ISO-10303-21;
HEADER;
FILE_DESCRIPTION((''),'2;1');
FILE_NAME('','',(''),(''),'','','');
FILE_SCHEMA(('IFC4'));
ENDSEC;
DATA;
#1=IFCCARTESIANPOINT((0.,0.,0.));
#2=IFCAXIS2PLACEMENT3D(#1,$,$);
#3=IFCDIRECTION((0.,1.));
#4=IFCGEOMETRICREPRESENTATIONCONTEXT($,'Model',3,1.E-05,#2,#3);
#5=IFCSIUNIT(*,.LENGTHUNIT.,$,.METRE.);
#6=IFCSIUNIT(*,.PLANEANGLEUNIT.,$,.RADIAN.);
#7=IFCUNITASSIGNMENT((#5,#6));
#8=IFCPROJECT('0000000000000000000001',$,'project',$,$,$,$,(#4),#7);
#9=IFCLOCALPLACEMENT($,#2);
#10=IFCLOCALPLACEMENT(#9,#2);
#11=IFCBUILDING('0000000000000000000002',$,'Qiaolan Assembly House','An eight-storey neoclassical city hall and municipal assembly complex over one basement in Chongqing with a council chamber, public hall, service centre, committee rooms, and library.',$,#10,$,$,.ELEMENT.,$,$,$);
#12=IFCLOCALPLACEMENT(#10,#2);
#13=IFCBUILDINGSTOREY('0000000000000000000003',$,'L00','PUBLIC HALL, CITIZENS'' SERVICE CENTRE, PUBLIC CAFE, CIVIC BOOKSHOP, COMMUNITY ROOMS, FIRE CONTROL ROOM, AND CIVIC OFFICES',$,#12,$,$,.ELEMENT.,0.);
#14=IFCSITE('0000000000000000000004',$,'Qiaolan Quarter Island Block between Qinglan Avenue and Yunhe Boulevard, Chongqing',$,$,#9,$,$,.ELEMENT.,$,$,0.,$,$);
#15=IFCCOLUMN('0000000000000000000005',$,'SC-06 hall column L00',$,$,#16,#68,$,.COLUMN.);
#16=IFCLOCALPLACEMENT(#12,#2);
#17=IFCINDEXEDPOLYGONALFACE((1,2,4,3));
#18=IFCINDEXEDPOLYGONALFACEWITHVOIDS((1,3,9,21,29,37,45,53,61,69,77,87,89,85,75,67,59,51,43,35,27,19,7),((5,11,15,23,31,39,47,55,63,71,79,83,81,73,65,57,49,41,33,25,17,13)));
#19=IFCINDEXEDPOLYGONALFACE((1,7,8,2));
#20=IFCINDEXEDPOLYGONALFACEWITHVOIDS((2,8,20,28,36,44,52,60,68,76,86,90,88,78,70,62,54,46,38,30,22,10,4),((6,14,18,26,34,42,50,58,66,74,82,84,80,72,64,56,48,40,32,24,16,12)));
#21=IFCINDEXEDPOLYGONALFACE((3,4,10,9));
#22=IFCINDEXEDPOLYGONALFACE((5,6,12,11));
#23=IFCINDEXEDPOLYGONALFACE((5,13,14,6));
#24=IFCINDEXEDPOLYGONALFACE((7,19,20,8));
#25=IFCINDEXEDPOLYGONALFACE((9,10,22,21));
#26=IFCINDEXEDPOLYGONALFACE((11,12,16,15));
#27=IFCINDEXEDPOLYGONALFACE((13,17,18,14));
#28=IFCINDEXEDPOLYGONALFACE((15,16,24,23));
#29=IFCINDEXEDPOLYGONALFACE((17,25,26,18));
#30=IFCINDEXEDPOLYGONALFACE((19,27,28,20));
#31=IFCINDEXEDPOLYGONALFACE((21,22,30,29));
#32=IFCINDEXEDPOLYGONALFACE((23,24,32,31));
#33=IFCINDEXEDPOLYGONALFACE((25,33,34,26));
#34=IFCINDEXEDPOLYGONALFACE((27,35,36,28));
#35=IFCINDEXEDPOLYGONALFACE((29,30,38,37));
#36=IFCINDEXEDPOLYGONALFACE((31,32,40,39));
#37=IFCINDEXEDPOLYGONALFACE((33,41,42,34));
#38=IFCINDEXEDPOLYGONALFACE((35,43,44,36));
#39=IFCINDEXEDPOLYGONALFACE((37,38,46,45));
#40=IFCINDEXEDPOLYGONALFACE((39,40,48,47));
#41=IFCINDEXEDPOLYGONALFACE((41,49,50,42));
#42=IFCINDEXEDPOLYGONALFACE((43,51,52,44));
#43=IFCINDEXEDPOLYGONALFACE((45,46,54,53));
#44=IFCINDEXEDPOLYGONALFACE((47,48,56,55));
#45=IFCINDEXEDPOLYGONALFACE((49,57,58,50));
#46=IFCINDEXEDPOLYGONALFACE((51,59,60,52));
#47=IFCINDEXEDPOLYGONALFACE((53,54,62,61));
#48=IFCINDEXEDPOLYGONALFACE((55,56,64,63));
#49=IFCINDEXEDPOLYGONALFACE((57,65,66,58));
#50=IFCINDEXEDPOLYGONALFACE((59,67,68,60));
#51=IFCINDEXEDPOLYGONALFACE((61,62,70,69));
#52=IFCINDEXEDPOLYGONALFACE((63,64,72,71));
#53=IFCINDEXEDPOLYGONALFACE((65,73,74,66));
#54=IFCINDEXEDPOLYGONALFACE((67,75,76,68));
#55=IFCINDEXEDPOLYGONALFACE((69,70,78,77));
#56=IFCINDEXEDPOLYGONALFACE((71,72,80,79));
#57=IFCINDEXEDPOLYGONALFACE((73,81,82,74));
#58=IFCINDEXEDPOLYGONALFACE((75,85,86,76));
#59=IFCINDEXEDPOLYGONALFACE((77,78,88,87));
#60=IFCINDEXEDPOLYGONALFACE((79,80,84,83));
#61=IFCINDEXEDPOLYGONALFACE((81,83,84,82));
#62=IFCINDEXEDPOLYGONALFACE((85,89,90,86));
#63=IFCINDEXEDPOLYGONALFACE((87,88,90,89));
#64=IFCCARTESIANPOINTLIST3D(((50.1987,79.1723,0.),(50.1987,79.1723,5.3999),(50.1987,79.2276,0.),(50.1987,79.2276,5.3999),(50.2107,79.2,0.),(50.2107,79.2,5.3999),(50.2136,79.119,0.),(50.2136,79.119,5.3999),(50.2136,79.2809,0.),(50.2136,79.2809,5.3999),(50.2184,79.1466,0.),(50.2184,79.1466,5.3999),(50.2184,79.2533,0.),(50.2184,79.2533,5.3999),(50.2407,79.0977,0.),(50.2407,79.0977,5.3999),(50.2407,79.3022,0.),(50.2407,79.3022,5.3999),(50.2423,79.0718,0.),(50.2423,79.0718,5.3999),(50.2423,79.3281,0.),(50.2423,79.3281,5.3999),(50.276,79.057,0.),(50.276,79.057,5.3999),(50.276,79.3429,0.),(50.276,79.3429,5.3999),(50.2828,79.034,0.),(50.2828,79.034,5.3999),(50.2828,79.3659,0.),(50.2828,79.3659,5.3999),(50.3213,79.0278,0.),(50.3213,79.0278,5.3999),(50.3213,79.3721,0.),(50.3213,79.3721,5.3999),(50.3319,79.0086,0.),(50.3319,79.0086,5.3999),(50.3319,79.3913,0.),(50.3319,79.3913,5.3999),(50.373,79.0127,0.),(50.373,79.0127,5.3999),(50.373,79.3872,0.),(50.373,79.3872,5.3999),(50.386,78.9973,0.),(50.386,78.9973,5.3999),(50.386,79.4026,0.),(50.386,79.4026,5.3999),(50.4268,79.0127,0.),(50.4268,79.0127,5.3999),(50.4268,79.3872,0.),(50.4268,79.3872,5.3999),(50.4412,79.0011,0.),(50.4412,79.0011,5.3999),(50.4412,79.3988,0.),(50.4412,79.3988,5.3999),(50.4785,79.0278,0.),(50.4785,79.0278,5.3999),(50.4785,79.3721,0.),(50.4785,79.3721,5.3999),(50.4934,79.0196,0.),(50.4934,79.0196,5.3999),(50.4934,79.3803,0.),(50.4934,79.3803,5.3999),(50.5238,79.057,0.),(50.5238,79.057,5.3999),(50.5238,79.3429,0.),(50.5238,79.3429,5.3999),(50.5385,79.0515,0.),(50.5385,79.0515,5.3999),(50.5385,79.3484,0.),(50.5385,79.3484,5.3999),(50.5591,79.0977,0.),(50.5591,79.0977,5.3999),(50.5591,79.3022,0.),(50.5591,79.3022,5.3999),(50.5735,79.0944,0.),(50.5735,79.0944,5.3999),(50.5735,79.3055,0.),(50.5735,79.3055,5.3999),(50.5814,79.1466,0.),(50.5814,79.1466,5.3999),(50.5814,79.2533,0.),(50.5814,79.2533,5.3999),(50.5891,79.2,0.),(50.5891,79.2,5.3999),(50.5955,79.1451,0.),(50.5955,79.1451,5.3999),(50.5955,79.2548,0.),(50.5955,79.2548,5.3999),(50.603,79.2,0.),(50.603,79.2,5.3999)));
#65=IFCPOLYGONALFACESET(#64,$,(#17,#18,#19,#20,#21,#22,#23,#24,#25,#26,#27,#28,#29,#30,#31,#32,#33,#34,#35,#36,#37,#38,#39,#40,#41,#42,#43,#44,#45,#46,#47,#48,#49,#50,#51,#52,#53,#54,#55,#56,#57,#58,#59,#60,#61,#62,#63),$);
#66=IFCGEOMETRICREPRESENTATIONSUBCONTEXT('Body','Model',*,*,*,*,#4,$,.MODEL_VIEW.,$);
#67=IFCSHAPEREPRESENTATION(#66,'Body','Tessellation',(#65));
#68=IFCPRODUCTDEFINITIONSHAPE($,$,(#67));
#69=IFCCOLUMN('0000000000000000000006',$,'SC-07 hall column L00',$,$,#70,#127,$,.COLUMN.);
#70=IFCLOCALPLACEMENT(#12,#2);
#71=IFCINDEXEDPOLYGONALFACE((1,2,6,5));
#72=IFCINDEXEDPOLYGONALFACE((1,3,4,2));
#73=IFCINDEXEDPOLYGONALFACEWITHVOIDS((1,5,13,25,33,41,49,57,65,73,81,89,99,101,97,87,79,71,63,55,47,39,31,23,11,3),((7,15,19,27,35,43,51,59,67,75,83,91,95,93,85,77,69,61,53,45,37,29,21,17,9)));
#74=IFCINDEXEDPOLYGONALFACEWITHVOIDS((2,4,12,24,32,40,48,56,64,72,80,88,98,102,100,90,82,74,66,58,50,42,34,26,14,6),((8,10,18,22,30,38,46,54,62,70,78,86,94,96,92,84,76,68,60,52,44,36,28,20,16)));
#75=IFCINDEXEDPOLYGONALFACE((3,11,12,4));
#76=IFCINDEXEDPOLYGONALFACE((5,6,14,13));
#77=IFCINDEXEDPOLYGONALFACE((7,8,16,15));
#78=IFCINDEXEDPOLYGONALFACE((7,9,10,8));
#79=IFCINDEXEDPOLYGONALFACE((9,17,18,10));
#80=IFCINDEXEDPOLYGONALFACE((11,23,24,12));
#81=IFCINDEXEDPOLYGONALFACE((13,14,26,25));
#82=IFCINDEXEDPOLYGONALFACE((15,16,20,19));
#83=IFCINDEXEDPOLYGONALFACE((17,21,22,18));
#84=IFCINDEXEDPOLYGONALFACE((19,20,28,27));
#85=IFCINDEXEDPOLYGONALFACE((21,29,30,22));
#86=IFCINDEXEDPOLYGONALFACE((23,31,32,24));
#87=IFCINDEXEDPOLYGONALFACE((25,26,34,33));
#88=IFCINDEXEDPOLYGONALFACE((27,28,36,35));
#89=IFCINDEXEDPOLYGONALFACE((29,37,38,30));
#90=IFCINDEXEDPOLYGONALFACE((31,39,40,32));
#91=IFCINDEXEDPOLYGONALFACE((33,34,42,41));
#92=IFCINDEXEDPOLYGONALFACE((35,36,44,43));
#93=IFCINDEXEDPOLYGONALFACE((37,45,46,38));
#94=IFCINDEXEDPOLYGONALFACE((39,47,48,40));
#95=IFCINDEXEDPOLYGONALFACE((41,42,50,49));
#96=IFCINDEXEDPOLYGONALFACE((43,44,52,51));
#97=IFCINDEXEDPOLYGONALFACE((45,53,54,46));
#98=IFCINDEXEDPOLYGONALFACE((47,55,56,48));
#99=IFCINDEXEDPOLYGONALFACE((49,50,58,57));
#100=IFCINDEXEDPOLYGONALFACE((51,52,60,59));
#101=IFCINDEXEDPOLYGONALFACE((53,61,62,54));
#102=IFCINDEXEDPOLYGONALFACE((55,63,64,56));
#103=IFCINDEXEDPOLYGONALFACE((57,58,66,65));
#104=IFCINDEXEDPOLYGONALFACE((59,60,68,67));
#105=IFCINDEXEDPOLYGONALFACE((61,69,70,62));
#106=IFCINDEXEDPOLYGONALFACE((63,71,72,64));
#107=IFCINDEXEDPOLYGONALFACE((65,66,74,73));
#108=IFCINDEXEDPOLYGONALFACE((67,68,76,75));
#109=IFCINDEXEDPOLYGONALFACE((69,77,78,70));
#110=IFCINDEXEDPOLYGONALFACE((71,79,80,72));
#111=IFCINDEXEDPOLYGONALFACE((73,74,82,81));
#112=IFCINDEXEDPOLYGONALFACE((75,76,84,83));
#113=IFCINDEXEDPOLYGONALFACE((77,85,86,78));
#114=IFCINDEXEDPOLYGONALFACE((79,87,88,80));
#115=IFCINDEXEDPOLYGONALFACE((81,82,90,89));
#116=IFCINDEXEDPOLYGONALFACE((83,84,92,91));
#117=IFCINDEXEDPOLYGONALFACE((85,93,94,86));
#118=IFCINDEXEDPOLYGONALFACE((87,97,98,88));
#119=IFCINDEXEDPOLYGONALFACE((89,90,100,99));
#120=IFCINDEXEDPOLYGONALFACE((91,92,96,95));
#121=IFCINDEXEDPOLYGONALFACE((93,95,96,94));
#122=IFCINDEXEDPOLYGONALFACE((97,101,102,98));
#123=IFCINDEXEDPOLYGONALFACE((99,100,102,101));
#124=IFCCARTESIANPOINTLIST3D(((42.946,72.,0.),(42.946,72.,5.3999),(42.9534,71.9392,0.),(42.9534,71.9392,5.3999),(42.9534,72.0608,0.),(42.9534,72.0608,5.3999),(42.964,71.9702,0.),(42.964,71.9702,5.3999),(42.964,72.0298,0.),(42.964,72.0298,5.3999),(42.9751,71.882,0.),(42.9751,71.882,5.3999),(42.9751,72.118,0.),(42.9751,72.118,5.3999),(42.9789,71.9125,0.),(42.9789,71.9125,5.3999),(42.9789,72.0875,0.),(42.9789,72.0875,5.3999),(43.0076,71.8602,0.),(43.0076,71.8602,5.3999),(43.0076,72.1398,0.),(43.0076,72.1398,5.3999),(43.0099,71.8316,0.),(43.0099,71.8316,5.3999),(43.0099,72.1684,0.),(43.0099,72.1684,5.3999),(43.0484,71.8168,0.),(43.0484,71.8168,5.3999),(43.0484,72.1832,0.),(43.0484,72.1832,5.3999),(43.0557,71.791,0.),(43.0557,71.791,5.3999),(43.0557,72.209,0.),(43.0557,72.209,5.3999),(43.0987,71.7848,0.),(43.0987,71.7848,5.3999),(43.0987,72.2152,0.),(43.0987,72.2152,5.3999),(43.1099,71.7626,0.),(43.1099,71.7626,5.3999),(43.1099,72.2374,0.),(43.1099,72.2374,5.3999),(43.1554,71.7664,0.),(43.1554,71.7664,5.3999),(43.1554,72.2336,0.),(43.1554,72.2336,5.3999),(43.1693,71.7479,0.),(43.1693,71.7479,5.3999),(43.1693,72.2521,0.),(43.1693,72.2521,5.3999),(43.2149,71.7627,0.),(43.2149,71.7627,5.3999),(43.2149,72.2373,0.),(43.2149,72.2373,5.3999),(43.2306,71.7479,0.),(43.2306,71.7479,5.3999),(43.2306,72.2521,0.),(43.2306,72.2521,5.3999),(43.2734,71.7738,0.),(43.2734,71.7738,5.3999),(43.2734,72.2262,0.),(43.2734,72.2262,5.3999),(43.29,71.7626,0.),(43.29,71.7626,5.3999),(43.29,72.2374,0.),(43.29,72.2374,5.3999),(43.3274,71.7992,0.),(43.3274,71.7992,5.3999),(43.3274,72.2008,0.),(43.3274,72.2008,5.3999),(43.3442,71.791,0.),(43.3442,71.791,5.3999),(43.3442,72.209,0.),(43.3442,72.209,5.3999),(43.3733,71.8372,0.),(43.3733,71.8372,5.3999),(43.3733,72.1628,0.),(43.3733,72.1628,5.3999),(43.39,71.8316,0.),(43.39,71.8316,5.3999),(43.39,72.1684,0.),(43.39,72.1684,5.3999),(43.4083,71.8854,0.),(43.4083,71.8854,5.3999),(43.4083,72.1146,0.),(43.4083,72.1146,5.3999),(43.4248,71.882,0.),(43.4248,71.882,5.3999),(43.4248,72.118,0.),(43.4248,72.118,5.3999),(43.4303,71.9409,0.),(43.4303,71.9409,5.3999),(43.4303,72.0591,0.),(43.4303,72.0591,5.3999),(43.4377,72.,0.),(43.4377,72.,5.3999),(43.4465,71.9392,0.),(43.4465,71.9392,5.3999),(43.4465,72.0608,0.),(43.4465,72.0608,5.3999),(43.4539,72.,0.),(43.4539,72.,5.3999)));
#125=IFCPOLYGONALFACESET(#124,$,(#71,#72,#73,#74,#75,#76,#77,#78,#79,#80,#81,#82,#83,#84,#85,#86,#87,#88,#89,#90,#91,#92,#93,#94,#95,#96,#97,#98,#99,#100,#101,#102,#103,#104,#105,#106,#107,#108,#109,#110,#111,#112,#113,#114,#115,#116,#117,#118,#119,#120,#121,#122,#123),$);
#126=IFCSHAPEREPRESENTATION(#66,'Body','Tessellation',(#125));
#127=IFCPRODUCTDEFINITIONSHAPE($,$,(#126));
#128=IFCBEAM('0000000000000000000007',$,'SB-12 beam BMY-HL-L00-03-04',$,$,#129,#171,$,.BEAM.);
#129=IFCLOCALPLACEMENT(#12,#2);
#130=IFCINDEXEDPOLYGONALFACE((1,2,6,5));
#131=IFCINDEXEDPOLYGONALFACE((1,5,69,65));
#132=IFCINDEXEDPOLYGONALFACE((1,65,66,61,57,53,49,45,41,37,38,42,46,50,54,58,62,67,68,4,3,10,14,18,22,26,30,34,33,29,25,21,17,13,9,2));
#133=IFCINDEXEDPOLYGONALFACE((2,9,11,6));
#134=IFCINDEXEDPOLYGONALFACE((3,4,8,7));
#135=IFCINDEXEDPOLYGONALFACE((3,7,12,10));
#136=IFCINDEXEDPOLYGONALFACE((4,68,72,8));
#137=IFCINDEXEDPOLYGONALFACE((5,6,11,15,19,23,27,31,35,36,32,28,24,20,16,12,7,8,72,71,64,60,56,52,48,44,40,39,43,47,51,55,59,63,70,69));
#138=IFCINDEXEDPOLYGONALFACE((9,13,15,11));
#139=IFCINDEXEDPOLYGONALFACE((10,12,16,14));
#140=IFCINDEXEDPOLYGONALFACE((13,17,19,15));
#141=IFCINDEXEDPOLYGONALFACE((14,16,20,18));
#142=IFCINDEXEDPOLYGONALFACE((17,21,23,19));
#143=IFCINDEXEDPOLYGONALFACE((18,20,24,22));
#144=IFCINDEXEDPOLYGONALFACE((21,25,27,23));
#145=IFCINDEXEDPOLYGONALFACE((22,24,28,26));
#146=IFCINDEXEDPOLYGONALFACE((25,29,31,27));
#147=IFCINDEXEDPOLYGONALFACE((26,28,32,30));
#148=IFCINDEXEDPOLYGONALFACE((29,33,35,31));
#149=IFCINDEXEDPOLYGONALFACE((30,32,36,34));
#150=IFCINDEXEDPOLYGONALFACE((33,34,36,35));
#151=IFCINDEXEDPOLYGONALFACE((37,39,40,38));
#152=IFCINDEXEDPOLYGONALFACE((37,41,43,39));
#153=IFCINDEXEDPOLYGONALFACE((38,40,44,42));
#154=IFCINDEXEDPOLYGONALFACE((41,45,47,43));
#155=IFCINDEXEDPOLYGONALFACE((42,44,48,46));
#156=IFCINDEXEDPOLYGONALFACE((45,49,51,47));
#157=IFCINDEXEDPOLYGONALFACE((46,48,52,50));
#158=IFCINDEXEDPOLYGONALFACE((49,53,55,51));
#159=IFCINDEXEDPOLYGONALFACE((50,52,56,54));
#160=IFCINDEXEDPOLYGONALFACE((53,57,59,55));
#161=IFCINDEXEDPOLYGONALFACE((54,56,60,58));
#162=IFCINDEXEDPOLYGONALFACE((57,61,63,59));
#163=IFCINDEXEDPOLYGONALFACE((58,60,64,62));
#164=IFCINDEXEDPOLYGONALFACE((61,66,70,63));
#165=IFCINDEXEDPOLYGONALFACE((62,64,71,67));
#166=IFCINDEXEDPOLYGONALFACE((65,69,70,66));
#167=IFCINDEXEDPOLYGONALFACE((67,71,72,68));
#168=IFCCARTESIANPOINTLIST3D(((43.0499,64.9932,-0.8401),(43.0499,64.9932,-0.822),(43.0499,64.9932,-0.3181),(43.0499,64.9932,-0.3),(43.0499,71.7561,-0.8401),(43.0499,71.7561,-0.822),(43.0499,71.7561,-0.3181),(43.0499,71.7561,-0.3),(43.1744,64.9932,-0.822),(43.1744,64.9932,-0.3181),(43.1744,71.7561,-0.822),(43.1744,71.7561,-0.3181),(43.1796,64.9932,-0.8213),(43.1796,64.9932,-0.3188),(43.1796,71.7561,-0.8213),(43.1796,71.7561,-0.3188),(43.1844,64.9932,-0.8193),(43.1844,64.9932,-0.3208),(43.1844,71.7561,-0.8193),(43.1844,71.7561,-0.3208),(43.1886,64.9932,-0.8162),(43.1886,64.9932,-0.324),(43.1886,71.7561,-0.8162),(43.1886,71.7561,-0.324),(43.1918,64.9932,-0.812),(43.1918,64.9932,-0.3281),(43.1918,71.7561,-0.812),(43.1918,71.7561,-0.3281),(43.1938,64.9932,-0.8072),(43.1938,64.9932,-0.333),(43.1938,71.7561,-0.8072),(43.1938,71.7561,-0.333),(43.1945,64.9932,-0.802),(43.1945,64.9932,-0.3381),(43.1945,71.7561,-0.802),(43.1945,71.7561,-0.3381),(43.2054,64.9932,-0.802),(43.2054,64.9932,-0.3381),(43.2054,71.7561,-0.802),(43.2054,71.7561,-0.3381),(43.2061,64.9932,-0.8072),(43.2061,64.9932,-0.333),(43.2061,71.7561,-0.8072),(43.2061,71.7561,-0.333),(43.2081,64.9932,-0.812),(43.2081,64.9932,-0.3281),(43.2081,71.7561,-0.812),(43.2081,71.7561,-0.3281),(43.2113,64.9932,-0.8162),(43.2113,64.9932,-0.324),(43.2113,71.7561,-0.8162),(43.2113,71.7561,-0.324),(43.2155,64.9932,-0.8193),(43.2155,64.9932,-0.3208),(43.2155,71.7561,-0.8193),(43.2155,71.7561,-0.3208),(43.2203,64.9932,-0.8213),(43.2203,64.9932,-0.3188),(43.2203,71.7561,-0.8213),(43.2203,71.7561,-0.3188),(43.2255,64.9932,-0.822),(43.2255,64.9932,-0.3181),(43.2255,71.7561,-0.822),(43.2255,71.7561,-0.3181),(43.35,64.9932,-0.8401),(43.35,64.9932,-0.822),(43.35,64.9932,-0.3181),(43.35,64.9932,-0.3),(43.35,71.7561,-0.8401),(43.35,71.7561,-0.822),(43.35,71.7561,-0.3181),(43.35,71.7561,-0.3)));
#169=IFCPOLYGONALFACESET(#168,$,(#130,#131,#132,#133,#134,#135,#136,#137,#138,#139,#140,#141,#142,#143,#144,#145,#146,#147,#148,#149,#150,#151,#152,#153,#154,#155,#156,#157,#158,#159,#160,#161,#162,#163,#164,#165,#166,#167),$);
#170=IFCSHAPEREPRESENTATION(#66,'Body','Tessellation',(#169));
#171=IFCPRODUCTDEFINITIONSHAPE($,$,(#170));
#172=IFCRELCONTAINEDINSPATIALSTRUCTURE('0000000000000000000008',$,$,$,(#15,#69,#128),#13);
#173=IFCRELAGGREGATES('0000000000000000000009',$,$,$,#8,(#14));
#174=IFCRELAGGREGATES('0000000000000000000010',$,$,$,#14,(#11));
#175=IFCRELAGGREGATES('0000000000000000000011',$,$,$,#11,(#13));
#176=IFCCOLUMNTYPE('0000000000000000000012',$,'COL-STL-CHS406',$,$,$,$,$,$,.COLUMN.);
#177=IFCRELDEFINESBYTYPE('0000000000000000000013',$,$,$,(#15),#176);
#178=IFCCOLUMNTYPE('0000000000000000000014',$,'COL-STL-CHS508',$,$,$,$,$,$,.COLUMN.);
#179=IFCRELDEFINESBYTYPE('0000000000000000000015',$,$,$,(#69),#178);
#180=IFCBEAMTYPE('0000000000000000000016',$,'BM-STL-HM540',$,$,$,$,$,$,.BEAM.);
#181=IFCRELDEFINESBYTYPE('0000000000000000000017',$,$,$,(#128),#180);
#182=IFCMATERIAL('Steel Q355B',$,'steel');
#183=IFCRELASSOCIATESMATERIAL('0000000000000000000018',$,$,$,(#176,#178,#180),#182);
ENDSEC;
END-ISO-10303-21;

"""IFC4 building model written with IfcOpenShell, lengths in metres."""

from ifc_helpers import new_model, si_unit, direction, frame, origin, origin_2d, place, context, subcontext, project, spatial, hollow_circle, i_section, extrude, material, material_profile, profile_set, type_object, element, save


model = new_model("IFC4")

# Units and contexts
model_context = context("Model", 3, precision=1e-05, world=origin(), true_north=direction((0.0, 1.0)))
body_context = subcontext(model_context, "Body", "Model", "MODEL_VIEW")
ifc_project = project(units=[si_unit("LENGTHUNIT", "METRE"), si_unit("PLANEANGLEUNIT", "RADIAN")], contexts=[model_context])

# Site, building, storey
site_placement = place(None, origin())
site = spatial("IfcSite", under=ifc_project, at=site_placement, Name="Qiaolan Quarter Island Block between Qinglan Avenue and Yunhe Boulevard, Chongqing", CompositionType="ELEMENT", RefElevation=0.0)
building_placement = place(site_placement, origin())
building = spatial("IfcBuilding", under=site, at=building_placement, Name="Qiaolan Assembly House", Description="An eight-storey neoclassical city hall and municipal assembly complex over one basement in Chongqing with a council chamber, public hall, service centre, committee rooms, and library.", CompositionType="ELEMENT")
storey_placement = place(building_placement, origin())
storey = spatial("IfcBuildingStorey", under=building, at=storey_placement, Name="L00", Description="PUBLIC HALL, CITIZENS' SERVICE CENTRE, PUBLIC CAFE, CIVIC BOOKSHOP, COMMUNITY ROOMS, FIRE CONTROL ROOM, AND CIVIC OFFICES", CompositionType="ELEMENT", Elevation=0.0)

# Columns
ifc_material_1 = material(Name="Steel Q355B", Category="steel")
ifc_material_profile_1 = material_profile(ifc_material_1, hollow_circle(Radius=0.2031, WallThickness=0.0139, at=origin_2d()), Name="CHS 406.4x14")
ifc_profile_set_1 = profile_set([ifc_material_profile_1], Name="Steel Q355B")
column_type_1 = type_object("IfcColumnType", Name="COL-STL-CHS406", PredefinedType="COLUMN", material=ifc_profile_set_1)
for number, where, z_axis, x_axis, name in (
    (1, (50.3999, 79.2, 0.0), (0.0, 0.0, 1.0), (1.0, 0.0, 0.0), "SC-06 hall column L00"),
):
    element("IfcColumn", number, at=place(storey_placement, frame(where, z_axis=z_axis, x_axis=x_axis)), inside=storey, type_object=column_type_1, Name=name, PredefinedType="COLUMN", context=body_context, shape_type="SweptSolid", body=[
        extrude(hollow_circle(Radius=0.2031, WallThickness=0.0139, at=origin_2d()), origin(), (0.0, 0.0, 1.0), 5.3999),
    ])
ifc_material_profile_2 = material_profile(ifc_material_1, hollow_circle(Radius=0.2539, WallThickness=0.0161, at=origin_2d()), Name="CHS 508x16")
ifc_profile_set_2 = profile_set([ifc_material_profile_2], Name="Steel Q355B")
column_type_2 = type_object("IfcColumnType", Name="COL-STL-CHS508", PredefinedType="COLUMN", material=ifc_profile_set_2)
column_placement = place(storey_placement, frame((43.2, 72.0, 0.0), z_axis=(0.0, 0.0, 1.0), x_axis=(1.0, 0.0, 0.0)))
element("IfcColumn", 2, at=column_placement, inside=storey, type_object=column_type_2, Name="SC-07 hall column L00", PredefinedType="COLUMN", context=body_context, shape_type="SweptSolid", body=[
    extrude(hollow_circle(Radius=0.2539, WallThickness=0.0161, at=origin_2d()), origin(), (0.0, 0.0, 1.0), 5.3999),
])

# Beam
ifc_material_profile_3 = material_profile(ifc_material_1, i_section(OverallWidth=0.3, OverallDepth=0.54, WebThickness=0.011, FlangeThickness=0.0181, FilletRadius=0.02, at=origin_2d()), Name="HM 540x300x11x18")
ifc_profile_set_3 = profile_set([ifc_material_profile_3], Name="Steel Q355B")
beam_type_1 = type_object("IfcBeamType", Name="BM-STL-HM540", PredefinedType="BEAM", material=ifc_profile_set_3)
for number, where, z_axis, x_axis, name in (
    (3, (43.2, 64.9932, -0.5701), (0.0, 1.0, 0.0), (-1.0, 0.0, 0.0), "SB-12 beam BMY-HL-L00-03-04"),
):
    element("IfcBeam", number, at=place(storey_placement, frame(where, z_axis=z_axis, x_axis=x_axis)), inside=storey, type_object=beam_type_1, Name=name, PredefinedType="BEAM", context=body_context, shape_type="SweptSolid", body=[
        extrude(i_section(OverallWidth=0.3, OverallDepth=0.54, WebThickness=0.011, FlangeThickness=0.0181, FilletRadius=0.02, at=origin_2d()), origin(), (0.0, 0.0, 1.0), 6.7629),
    ])

save(model, "model.ifc")
